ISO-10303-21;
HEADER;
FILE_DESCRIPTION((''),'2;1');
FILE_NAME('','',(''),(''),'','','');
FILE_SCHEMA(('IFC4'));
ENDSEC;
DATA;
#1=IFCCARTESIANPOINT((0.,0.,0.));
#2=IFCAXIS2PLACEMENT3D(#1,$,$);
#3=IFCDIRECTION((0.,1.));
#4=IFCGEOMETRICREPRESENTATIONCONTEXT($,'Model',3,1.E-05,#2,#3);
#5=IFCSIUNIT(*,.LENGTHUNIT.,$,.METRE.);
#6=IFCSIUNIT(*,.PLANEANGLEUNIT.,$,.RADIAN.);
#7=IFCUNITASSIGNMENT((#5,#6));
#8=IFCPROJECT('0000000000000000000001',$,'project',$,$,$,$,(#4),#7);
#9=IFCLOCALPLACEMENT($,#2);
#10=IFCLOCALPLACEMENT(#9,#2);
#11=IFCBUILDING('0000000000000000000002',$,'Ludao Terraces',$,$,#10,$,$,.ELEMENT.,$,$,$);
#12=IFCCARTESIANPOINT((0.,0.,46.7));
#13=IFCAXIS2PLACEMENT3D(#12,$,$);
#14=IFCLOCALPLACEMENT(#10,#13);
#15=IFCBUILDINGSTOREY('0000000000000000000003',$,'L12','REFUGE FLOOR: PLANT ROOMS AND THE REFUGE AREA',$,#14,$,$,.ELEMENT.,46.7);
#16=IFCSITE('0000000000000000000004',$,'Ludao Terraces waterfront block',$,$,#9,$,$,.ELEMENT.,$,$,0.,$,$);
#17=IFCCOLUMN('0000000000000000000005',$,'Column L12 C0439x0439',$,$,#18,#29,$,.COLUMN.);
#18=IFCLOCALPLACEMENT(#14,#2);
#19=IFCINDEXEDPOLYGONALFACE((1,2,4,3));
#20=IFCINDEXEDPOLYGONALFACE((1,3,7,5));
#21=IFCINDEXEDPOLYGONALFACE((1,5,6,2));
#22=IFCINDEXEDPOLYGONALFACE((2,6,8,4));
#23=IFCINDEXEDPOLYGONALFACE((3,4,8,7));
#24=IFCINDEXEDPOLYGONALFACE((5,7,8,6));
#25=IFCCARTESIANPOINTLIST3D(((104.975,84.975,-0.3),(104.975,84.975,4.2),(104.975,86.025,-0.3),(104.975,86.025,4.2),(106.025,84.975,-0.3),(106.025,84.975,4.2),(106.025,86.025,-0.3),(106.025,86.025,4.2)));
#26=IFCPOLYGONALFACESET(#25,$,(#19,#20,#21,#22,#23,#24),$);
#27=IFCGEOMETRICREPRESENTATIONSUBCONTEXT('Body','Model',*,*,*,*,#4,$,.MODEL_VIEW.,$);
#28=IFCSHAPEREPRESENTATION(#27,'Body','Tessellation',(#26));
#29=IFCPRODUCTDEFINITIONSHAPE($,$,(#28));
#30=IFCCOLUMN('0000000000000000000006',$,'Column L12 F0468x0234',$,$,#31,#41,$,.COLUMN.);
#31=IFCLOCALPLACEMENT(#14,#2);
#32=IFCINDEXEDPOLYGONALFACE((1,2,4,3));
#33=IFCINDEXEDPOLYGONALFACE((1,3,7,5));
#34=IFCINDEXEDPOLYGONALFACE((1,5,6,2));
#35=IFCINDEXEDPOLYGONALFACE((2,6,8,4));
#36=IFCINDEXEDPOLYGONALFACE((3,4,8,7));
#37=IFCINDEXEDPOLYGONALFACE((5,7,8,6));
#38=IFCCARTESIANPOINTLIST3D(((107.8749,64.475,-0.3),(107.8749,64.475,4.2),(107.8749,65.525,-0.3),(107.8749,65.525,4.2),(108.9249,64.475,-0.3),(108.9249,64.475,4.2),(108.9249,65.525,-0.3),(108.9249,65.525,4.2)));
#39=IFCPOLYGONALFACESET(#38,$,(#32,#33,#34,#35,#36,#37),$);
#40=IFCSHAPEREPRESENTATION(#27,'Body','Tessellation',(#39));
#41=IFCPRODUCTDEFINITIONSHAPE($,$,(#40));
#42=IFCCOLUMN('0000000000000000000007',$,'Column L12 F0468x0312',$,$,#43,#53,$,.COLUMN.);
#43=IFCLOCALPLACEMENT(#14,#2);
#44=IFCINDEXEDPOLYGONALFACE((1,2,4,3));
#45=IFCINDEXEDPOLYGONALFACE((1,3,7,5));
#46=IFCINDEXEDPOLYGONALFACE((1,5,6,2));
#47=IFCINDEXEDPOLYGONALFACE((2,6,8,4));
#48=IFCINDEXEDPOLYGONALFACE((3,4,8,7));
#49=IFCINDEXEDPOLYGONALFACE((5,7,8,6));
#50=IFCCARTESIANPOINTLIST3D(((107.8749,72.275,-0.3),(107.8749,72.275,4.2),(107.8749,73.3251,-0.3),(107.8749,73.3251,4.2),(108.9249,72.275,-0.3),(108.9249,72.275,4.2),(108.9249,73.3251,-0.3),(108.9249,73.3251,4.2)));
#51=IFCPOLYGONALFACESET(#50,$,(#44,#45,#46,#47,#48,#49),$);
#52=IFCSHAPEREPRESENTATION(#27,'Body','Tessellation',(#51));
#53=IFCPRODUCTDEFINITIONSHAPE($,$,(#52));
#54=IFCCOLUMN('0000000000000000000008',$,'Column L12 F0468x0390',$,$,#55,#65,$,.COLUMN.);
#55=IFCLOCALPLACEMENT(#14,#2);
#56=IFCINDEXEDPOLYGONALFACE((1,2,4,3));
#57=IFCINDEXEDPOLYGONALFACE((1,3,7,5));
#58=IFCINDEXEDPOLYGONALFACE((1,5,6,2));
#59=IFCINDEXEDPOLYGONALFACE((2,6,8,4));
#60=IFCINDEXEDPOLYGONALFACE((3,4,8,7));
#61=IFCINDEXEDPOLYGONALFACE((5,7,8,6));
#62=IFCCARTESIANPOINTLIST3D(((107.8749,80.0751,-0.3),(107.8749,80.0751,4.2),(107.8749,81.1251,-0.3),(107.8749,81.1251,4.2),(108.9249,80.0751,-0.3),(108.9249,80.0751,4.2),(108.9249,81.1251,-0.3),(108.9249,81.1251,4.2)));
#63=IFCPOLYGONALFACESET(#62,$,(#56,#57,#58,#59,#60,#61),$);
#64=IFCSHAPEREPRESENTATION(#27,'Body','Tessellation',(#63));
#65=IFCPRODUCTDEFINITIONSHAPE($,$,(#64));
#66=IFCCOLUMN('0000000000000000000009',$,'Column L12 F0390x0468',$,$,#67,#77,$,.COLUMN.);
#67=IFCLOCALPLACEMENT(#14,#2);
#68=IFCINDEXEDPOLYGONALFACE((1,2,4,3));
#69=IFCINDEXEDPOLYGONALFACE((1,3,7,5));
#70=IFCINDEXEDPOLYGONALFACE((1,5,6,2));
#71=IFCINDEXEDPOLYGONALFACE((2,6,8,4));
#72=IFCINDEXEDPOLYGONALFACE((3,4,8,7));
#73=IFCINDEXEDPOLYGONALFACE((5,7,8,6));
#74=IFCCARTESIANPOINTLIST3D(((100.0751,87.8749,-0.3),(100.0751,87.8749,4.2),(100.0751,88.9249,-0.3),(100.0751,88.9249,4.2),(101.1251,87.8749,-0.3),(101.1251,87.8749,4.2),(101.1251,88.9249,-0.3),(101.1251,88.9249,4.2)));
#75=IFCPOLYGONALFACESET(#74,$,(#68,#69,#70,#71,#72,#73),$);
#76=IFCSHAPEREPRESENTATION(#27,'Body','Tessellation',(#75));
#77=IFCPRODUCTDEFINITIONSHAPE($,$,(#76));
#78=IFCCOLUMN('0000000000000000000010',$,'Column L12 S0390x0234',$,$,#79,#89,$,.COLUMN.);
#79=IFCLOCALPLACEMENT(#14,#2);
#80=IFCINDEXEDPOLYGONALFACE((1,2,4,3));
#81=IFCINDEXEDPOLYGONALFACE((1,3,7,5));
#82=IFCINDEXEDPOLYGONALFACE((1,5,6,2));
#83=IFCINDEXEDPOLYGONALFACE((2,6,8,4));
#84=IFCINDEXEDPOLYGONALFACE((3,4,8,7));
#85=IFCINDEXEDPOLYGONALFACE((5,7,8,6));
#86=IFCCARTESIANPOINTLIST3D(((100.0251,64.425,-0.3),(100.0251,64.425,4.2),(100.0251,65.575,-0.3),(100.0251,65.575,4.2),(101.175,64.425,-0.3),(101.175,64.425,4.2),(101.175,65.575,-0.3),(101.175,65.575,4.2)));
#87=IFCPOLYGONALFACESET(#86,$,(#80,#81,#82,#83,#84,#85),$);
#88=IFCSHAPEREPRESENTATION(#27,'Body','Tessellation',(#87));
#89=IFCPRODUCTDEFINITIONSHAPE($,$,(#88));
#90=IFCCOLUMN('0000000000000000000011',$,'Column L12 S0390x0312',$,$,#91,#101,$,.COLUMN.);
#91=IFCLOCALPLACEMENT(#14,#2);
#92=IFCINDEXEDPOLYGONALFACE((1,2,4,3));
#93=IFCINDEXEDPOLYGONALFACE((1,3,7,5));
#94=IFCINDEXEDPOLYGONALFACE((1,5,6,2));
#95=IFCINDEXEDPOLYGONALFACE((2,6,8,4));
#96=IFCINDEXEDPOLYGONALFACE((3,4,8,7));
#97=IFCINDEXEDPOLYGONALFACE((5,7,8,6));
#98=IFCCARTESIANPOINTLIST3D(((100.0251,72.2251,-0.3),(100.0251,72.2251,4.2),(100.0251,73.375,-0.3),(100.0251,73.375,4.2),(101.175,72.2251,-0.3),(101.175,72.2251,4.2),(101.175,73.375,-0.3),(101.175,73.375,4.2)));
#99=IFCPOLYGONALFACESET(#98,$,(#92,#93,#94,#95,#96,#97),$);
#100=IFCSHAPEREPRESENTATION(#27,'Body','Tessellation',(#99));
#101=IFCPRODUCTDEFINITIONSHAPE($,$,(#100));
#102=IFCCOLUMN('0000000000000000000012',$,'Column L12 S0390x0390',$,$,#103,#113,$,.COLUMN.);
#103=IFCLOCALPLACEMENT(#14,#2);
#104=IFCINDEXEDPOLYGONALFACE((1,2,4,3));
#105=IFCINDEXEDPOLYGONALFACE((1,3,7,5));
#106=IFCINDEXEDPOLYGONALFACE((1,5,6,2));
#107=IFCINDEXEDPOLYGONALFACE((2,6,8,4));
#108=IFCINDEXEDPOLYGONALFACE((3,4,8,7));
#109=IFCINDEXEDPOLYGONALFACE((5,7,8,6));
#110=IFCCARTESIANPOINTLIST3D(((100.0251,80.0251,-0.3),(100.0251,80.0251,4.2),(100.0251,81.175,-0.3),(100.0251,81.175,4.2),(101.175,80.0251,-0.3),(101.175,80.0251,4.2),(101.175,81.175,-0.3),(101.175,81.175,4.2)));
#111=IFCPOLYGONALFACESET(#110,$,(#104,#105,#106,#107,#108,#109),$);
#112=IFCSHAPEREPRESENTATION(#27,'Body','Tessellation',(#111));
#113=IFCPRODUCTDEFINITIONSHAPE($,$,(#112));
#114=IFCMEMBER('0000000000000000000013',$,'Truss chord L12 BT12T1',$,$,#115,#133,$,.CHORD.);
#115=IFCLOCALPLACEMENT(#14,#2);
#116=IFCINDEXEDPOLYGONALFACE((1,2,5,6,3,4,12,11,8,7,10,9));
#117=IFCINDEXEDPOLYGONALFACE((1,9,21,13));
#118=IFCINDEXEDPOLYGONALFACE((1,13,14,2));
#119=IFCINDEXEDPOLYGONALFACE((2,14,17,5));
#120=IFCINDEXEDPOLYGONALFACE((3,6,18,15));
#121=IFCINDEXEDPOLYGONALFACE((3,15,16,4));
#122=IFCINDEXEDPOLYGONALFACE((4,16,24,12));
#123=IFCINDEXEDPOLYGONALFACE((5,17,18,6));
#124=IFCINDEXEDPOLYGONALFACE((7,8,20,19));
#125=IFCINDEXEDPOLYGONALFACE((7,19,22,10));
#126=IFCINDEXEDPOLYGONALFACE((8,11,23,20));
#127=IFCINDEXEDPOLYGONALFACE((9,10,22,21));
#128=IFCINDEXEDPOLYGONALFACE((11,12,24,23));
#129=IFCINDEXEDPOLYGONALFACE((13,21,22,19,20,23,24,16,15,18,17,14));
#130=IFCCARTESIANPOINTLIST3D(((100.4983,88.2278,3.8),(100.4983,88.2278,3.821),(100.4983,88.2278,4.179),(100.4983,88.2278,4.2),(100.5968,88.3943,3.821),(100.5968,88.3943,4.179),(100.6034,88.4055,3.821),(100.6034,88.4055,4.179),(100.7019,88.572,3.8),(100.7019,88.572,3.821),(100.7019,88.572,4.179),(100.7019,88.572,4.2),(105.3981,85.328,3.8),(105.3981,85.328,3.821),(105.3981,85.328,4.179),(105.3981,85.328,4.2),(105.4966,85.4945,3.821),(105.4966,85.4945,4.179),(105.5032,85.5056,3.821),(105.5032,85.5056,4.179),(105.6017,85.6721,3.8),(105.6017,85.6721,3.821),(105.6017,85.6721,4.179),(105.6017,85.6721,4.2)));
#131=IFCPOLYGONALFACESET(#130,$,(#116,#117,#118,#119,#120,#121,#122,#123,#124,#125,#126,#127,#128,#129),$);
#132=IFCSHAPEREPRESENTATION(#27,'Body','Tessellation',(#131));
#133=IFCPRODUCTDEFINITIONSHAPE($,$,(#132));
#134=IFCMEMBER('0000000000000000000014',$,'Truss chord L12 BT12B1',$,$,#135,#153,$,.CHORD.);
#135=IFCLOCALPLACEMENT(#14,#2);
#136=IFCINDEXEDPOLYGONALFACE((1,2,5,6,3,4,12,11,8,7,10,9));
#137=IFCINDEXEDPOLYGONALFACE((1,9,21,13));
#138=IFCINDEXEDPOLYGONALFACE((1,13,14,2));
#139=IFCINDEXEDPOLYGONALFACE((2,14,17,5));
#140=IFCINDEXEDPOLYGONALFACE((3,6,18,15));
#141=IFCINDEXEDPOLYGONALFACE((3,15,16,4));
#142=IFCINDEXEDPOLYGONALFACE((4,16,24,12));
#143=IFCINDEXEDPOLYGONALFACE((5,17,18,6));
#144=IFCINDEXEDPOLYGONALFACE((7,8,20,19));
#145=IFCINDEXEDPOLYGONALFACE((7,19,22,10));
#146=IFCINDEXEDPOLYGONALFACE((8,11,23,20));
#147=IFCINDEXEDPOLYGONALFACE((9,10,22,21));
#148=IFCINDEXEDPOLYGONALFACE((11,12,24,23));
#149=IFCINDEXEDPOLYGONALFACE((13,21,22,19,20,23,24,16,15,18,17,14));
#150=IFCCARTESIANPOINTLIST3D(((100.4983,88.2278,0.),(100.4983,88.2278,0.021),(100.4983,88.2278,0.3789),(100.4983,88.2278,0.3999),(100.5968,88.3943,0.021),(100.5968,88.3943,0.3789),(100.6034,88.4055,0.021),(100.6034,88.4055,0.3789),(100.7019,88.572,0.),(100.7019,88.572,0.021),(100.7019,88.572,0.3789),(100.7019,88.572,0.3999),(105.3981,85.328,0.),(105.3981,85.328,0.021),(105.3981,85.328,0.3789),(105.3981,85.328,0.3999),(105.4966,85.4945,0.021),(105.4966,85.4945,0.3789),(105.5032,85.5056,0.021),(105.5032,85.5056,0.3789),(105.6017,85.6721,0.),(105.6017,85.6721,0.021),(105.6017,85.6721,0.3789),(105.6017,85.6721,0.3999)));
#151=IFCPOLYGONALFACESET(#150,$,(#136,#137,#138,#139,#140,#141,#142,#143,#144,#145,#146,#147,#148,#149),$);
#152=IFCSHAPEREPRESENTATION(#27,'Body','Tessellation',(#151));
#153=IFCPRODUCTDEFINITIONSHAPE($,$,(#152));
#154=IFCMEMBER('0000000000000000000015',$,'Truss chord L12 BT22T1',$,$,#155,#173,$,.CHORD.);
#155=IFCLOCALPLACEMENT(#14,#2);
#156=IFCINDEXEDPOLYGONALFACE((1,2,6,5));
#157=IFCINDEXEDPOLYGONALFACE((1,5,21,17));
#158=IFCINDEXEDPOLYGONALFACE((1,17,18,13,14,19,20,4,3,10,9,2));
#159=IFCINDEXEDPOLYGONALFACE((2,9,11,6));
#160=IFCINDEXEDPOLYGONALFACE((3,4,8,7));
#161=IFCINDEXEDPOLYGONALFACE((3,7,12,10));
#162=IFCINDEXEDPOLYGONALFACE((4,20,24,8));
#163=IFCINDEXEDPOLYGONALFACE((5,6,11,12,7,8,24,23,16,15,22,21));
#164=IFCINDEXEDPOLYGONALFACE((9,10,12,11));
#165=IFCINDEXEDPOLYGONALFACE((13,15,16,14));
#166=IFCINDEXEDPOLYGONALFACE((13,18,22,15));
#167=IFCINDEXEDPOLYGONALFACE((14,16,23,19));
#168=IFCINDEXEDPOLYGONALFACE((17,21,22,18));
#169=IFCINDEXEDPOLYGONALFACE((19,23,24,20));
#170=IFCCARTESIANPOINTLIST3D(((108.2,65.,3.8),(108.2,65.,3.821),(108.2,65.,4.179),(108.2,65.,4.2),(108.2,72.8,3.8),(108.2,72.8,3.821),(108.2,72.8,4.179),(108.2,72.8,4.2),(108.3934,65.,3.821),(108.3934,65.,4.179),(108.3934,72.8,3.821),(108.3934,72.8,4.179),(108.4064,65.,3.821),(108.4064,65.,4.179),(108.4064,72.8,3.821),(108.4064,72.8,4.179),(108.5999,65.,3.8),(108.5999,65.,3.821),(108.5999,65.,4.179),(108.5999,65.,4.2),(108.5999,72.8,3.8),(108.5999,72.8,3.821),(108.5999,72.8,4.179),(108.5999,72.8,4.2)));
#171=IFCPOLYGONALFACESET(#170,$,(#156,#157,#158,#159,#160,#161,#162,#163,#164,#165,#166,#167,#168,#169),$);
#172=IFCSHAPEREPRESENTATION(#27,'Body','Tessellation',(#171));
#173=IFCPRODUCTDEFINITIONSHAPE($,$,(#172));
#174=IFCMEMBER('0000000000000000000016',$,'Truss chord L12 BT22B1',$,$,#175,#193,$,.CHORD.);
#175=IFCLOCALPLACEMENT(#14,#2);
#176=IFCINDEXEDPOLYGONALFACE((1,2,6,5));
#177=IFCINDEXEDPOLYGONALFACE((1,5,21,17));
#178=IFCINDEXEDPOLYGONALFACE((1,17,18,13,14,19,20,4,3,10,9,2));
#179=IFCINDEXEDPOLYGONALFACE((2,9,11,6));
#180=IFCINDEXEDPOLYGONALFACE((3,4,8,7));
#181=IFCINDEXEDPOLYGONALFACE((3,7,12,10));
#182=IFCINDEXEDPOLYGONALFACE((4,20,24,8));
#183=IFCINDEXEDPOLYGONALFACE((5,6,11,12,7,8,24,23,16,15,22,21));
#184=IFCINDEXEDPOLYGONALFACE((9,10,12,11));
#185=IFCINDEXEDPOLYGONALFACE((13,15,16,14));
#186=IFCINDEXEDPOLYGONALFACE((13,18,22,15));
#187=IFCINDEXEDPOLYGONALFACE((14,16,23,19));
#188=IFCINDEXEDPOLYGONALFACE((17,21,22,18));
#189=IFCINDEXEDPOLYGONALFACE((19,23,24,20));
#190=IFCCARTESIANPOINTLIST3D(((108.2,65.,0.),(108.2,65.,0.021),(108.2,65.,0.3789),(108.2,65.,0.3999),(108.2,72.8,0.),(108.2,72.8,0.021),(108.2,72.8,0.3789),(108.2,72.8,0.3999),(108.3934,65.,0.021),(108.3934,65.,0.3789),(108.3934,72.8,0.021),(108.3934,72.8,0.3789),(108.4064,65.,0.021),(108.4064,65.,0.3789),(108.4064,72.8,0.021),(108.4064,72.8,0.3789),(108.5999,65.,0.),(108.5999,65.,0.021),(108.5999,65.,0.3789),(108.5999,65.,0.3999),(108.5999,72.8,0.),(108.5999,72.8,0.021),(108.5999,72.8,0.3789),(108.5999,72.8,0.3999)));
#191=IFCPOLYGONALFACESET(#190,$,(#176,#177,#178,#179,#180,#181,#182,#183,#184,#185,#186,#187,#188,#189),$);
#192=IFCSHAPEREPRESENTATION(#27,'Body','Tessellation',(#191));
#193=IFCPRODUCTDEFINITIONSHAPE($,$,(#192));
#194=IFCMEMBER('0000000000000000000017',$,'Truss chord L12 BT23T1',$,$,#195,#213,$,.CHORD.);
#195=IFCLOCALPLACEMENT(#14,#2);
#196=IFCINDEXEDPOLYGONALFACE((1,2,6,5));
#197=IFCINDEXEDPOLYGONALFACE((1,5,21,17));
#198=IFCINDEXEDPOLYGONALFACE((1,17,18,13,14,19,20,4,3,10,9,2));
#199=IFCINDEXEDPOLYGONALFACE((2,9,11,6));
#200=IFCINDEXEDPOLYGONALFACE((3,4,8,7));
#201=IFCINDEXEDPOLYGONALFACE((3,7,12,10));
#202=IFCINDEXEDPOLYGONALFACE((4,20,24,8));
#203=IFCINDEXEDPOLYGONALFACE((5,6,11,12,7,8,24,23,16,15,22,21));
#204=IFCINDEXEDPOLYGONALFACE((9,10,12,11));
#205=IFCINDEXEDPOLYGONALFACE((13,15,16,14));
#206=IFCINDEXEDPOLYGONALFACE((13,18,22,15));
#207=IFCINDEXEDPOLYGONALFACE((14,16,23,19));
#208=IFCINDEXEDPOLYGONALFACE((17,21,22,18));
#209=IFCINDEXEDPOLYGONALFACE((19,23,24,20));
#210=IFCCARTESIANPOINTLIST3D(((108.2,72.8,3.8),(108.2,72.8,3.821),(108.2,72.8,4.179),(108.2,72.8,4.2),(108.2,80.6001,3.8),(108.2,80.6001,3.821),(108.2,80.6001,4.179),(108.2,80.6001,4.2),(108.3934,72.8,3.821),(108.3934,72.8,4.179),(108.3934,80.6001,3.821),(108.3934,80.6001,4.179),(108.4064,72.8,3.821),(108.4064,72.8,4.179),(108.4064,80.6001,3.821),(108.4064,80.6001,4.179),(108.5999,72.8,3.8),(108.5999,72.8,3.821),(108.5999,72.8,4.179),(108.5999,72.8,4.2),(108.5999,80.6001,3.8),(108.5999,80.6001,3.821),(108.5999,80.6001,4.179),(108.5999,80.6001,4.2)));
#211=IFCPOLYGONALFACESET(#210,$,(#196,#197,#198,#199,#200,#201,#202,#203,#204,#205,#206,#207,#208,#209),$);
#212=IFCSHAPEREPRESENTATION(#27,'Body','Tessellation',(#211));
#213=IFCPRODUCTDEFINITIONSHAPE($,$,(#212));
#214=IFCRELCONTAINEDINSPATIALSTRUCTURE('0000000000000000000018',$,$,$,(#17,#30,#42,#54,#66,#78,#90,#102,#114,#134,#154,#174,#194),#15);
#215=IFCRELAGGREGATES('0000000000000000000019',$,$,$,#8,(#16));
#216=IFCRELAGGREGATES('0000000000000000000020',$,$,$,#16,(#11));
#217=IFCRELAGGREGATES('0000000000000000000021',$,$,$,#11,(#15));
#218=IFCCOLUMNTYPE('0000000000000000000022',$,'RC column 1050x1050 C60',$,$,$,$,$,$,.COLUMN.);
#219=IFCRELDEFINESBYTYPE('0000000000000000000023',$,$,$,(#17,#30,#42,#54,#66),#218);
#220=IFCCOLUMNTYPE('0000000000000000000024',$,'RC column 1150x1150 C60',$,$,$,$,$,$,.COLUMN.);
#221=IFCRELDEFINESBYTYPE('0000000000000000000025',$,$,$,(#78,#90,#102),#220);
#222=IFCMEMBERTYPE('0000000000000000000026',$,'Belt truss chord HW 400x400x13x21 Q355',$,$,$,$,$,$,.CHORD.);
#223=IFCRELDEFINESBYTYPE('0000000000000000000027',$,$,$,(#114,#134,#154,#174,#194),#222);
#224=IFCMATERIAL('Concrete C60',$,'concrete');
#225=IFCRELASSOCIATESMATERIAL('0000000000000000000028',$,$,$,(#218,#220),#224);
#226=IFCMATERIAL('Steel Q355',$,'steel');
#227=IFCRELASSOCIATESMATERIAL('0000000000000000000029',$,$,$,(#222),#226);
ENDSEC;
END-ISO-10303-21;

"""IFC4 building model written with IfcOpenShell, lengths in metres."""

from ifc_helpers import new_model, si_unit, direction, frame, origin, origin_2d, place, context, subcontext, project, spatial, rectangle, i_section, extrude, material, material_profile, profile_set, type_object, element, save


model = new_model("IFC4")

# Units and contexts
model_context = context("Model", 3, precision=1e-05, world=origin(), true_north=direction((0.0, 1.0)))
body_context = subcontext(model_context, "Body", "Model", "MODEL_VIEW")
ifc_project = project(units=[si_unit("LENGTHUNIT", "METRE"), si_unit("PLANEANGLEUNIT", "RADIAN")], contexts=[model_context])

# Site, building, storey
site_placement = place(None, origin())
site = spatial("IfcSite", under=ifc_project, at=site_placement, Name="Ludao Terraces waterfront block", CompositionType="ELEMENT", RefElevation=0.0)
building_placement = place(site_placement, origin())
building = spatial("IfcBuilding", under=site, at=building_placement, Name="Ludao Terraces", CompositionType="ELEMENT")
storey_placement = place(building_placement, frame((0.0, 0.0, 46.7)))
storey = spatial("IfcBuildingStorey", under=building, at=storey_placement, Name="L12", Description="REFUGE FLOOR: PLANT ROOMS AND THE REFUGE AREA", CompositionType="ELEMENT", Elevation=46.7)

# Columns
ifc_material_1 = material(Name="Concrete C60", Category="concrete")
ifc_material_profile_1 = material_profile(ifc_material_1, rectangle(XDim=1.05, YDim=1.05, at=origin_2d()), Name="1050 X 1050")
ifc_profile_set_1 = profile_set([ifc_material_profile_1], Name="Concrete C60")
column_type_1 = type_object("IfcColumnType", Name="RC column 1050x1050 C60", PredefinedType="COLUMN", material=ifc_profile_set_1)
for number, where, z_axis, x_axis, name in (
    (1, (105.5, 85.5, -0.3), (0.0, 0.0, 1.0), (1.0, 0.0, 0.0), "Column L12 C0439x0439"),
    (2, (108.3999, 65.0, -0.3), (0.0, 0.0, 1.0), (1.0, 0.0, 0.0), "Column L12 F0468x0234"),
    (3, (108.3999, 72.8, -0.3), (0.0, 0.0, 1.0), (1.0, 0.0, 0.0), "Column L12 F0468x0312"),
    (4, (108.3999, 80.6001, -0.3), (0.0, 0.0, 1.0), (1.0, 0.0, 0.0), "Column L12 F0468x0390"),
    (5, (100.6001, 88.3999, -0.3), (0.0, 0.0, 1.0), (1.0, 0.0, 0.0), "Column L12 F0390x0468"),
):
    element("IfcColumn", number, at=place(storey_placement, frame(where, z_axis=z_axis, x_axis=x_axis)), inside=storey, type_object=column_type_1, Name=name, PredefinedType="COLUMN", context=body_context, shape_type="SweptSolid", body=[
        extrude(rectangle(XDim=1.05, YDim=1.05, at=origin_2d()), origin(), (0.0, 0.0, 1.0), 4.5),
    ])
ifc_material_profile_2 = material_profile(ifc_material_1, rectangle(XDim=1.1499, YDim=1.1499, at=origin_2d()), Name="1150 X 1150")
ifc_profile_set_2 = profile_set([ifc_material_profile_2], Name="Concrete C60")
column_type_2 = type_object("IfcColumnType", Name="RC column 1150x1150 C60", PredefinedType="COLUMN", material=ifc_profile_set_2)
for number, where, z_axis, x_axis, name in (
    (6, (100.6001, 65.0, -0.3), (0.0, 0.0, 1.0), (1.0, 0.0, 0.0), "Column L12 S0390x0234"),
    (7, (100.6001, 72.8, -0.3), (0.0, 0.0, 1.0), (1.0, 0.0, 0.0), "Column L12 S0390x0312"),
    (8, (100.6001, 80.6001, -0.3), (0.0, 0.0, 1.0), (1.0, 0.0, 0.0), "Column L12 S0390x0390"),
):
    element("IfcColumn", number, at=place(storey_placement, frame(where, z_axis=z_axis, x_axis=x_axis)), inside=storey, type_object=column_type_2, Name=name, PredefinedType="COLUMN", context=body_context, shape_type="SweptSolid", body=[
        extrude(rectangle(XDim=1.1499, YDim=1.1499, at=origin_2d()), origin(), (0.0, 0.0, 1.0), 4.5),
    ])

# Members
ifc_material_2 = material(Name="Steel Q355", Category="steel")
ifc_material_profile_3 = material_profile(ifc_material_2, i_section(OverallWidth=0.3999, OverallDepth=0.3999, WebThickness=0.0129, FlangeThickness=0.021, at=origin_2d()), Name="HW 400X400X13X21")
ifc_profile_set_3 = profile_set([ifc_material_profile_3], Name="Steel Q355")
member_type_1 = type_object("IfcMemberType", Name="Belt truss chord HW 400x400x13x21 Q355", PredefinedType="CHORD", material=ifc_profile_set_3)
for number, where, z_axis, x_axis, name in (
    (9, (100.6001, 88.3999, 4.0), (0.86058, -0.509316, 0.0), (0.509316, 0.86058, 0.0), "Truss chord L12 BT12T1"),
    (10, (100.6001, 88.3999, 0.2), (0.86058, -0.509316, 0.0), (0.509316, 0.86058, 0.0), "Truss chord L12 BT12B1"),
):
    element("IfcMember", number, at=place(storey_placement, frame(where, z_axis=z_axis, x_axis=x_axis)), inside=storey, type_object=member_type_1, Name=name, PredefinedType="CHORD", context=body_context, shape_type="SweptSolid", body=[
        extrude(i_section(OverallWidth=0.3999, OverallDepth=0.3999, WebThickness=0.0129, FlangeThickness=0.021, at=origin_2d()), origin(), (0.0, 0.0, 1.0), 5.6936),
    ])
for number, where, z_axis, x_axis, name in (
    (11, (108.3999, 65.0, 4.0), (0.0, 1.0, 0.0), (-1.0, 0.0, 0.0), "Truss chord L12 BT22T1"),
    (12, (108.3999, 65.0, 0.2), (0.0, 1.0, 0.0), (-1.0, 0.0, 0.0), "Truss chord L12 BT22B1"),
    (13, (108.3999, 72.8, 4.0), (0.0, 1.0, 0.0), (-1.0, 0.0, 0.0), "Truss chord L12 BT23T1"),
):
    element("IfcMember", number, at=place(storey_placement, frame(where, z_axis=z_axis, x_axis=x_axis)), inside=storey, type_object=member_type_1, Name=name, PredefinedType="CHORD", context=body_context, shape_type="SweptSolid", body=[
        extrude(i_section(OverallWidth=0.3999, OverallDepth=0.3999, WebThickness=0.0129, FlangeThickness=0.021, at=origin_2d()), origin(), (0.0, 0.0, 1.0), 7.8),
    ])

save(model, "model.ifc")
